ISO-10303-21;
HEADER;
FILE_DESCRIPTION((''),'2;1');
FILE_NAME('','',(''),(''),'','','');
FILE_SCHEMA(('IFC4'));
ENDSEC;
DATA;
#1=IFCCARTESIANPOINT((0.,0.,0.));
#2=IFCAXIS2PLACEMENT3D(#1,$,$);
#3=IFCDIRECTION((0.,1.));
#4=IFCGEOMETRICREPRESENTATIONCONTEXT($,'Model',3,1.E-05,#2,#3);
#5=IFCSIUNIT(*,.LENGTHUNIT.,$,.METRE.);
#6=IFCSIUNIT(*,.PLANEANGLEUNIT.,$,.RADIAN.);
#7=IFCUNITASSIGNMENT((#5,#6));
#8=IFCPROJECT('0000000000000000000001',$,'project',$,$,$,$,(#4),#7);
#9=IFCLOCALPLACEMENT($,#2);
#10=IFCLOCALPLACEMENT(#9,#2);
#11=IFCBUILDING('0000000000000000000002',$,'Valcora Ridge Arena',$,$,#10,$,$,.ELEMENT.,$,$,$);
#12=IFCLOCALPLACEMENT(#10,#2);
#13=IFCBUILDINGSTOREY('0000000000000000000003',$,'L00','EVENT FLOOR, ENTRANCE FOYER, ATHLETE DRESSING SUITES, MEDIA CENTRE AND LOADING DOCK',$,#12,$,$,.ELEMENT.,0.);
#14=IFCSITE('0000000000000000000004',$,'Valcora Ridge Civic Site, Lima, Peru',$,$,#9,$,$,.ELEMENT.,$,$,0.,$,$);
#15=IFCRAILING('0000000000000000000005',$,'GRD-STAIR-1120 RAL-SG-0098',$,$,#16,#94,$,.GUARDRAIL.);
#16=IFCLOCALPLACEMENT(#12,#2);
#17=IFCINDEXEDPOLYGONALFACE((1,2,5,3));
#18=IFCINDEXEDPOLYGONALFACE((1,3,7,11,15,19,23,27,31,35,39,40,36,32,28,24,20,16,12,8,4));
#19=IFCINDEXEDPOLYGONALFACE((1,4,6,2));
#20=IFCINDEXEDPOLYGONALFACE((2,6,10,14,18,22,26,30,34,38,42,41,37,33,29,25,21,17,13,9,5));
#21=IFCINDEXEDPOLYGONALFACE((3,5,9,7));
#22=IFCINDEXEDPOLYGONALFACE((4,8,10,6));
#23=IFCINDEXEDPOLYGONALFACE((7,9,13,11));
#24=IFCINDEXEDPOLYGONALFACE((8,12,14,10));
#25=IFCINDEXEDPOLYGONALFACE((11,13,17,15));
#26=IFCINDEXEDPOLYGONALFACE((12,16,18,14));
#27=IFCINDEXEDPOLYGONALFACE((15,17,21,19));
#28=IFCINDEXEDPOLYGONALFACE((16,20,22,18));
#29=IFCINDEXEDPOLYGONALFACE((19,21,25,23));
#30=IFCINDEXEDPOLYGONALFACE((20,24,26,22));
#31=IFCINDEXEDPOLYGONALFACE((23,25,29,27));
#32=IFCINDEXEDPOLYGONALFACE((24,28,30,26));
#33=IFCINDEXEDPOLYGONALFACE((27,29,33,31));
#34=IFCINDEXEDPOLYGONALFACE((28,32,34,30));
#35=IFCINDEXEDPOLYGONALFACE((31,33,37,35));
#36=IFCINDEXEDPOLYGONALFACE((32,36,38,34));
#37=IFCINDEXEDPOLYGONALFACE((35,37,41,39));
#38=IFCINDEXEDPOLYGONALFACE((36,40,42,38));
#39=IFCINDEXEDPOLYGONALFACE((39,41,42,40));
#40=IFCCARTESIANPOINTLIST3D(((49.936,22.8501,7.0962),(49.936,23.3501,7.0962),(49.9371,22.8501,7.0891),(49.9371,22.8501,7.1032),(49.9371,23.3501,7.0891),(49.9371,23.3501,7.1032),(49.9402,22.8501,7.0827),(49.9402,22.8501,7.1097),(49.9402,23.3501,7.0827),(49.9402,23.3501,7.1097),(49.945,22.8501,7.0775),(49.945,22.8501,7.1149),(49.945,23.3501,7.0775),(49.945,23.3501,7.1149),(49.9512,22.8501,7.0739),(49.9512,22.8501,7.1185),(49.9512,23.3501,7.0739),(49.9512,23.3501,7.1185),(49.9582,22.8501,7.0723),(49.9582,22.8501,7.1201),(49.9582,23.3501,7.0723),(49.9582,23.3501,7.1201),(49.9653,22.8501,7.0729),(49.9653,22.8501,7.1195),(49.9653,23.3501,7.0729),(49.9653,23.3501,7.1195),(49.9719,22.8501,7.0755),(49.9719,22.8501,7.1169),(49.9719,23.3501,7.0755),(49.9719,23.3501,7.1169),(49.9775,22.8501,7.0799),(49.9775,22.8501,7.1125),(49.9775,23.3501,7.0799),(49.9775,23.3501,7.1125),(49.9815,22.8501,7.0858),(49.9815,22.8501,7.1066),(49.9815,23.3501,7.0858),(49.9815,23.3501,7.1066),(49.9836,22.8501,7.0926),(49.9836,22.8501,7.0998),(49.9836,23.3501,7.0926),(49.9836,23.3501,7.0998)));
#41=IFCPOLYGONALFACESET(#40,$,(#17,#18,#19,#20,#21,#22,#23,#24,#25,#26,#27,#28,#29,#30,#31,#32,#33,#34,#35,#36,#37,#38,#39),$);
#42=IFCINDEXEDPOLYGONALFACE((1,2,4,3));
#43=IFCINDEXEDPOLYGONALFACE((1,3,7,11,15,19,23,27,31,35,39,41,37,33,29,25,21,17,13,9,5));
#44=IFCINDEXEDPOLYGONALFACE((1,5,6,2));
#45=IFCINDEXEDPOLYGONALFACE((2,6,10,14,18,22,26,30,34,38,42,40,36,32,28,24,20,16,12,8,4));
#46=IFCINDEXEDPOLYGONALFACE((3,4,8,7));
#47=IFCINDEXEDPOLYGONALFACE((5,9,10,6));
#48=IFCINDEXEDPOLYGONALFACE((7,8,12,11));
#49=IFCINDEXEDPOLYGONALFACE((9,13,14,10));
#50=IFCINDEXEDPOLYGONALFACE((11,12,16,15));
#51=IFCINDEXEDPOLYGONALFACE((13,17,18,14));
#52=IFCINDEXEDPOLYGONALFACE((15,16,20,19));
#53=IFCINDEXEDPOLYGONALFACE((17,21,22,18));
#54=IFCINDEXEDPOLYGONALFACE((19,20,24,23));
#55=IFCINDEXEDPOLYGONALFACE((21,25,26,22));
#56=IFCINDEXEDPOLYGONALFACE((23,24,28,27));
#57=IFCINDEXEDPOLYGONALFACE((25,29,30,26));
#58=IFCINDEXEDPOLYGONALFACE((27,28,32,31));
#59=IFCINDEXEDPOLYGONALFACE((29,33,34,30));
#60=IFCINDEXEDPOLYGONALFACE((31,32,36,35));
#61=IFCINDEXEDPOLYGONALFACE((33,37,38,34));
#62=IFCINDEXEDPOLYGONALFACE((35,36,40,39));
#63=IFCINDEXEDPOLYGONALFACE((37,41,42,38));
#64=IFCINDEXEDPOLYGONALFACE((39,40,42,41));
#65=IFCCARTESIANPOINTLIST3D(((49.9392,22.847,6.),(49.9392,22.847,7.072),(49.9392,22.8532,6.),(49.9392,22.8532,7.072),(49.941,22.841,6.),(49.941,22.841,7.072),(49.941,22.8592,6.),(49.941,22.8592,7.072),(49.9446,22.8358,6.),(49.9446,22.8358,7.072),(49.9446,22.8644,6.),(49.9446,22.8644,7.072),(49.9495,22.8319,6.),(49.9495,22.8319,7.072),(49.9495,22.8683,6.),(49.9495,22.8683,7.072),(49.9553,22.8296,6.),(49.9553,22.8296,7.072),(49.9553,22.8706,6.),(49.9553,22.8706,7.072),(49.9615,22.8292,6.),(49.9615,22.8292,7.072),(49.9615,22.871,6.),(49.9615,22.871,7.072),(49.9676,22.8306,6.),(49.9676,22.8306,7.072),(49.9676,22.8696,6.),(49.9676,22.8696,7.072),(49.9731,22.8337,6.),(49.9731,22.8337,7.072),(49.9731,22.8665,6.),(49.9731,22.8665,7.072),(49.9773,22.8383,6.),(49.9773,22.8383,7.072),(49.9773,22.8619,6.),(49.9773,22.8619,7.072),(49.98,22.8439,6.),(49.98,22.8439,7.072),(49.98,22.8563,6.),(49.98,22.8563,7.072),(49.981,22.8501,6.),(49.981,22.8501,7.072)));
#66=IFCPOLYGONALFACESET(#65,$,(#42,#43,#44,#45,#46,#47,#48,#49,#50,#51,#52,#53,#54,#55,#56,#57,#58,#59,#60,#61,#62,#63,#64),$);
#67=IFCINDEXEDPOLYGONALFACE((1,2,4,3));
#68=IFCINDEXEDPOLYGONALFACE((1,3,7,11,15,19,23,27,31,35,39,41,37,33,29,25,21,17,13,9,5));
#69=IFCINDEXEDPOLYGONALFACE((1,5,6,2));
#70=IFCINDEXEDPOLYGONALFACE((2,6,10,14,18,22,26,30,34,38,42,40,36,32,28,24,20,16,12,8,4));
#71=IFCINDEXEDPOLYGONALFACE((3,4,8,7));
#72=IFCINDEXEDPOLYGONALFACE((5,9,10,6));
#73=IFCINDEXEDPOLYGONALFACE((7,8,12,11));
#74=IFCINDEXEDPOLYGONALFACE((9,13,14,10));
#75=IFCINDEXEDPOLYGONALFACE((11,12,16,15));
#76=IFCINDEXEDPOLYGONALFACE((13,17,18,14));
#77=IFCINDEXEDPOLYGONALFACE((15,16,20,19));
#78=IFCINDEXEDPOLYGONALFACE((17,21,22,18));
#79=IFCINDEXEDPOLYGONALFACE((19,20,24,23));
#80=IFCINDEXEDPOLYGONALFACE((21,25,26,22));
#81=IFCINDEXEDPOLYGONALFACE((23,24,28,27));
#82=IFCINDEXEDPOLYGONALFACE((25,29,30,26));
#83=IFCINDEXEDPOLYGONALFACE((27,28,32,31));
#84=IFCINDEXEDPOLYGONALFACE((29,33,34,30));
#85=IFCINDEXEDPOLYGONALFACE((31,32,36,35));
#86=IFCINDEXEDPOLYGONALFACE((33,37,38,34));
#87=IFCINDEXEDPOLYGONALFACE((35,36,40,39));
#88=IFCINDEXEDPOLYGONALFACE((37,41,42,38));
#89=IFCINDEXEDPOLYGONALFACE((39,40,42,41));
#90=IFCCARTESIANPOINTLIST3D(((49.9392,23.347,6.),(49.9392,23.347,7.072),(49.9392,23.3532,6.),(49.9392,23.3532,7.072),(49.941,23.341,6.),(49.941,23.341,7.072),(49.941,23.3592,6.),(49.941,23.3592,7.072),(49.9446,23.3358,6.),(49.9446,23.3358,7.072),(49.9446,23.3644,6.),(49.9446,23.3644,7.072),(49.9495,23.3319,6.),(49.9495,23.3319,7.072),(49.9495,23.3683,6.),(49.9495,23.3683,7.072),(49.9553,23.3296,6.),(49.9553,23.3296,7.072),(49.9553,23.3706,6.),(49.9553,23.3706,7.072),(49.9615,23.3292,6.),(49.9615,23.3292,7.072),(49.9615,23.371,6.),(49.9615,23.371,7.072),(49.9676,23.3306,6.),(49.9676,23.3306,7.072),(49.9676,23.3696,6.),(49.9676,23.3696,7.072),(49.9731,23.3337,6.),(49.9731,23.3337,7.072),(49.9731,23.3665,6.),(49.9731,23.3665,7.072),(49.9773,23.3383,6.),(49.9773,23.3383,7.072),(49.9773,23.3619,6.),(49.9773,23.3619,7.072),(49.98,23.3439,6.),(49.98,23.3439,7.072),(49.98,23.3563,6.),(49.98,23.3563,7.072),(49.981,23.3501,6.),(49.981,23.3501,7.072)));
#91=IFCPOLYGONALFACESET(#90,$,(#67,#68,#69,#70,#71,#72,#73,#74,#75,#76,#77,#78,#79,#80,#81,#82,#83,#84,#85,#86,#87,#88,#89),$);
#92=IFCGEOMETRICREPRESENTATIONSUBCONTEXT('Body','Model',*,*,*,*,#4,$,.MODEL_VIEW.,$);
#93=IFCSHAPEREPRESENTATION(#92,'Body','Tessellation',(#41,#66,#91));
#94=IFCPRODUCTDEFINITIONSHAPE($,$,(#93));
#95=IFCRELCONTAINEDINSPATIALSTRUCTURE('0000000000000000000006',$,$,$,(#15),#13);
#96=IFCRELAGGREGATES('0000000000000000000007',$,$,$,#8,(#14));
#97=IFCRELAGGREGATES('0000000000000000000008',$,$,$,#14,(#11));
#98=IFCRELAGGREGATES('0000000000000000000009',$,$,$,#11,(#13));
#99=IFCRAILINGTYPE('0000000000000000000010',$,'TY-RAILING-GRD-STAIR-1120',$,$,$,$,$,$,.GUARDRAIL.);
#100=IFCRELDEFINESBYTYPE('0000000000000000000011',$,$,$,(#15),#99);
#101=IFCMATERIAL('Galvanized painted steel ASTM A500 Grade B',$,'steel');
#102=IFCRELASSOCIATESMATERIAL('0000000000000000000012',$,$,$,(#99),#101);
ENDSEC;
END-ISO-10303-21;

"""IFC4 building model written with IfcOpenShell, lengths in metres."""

from ifc_helpers import new_model, si_unit, direction, frame, origin, origin_2d, place, context, subcontext, project, spatial, circle, extrude, material, type_object, element, save


model = new_model("IFC4")

# Units and contexts
model_context = context("Model", 3, precision=1e-05, world=origin(), true_north=direction((0.0, 1.0)))
body_context = subcontext(model_context, "Body", "Model", "MODEL_VIEW")
ifc_project = project(units=[si_unit("LENGTHUNIT", "METRE"), si_unit("PLANEANGLEUNIT", "RADIAN")], contexts=[model_context])

# Site, building, storey
site_placement = place(None, origin())
site = spatial("IfcSite", under=ifc_project, at=site_placement, Name="Valcora Ridge Civic Site, Lima, Peru", CompositionType="ELEMENT", RefElevation=0.0)
building_placement = place(site_placement, origin())
building = spatial("IfcBuilding", under=site, at=building_placement, Name="Valcora Ridge Arena", CompositionType="ELEMENT")
storey_placement = place(building_placement, origin())
storey = spatial("IfcBuildingStorey", under=building, at=storey_placement, Name="L00", Description="EVENT FLOOR, ENTRANCE FOYER, ATHLETE DRESSING SUITES, MEDIA CENTRE AND LOADING DOCK", CompositionType="ELEMENT", Elevation=0.0)

# Railing
ifc_material_1 = material(Name="Galvanized painted steel ASTM A500 Grade B", Category="steel")
railing_type_1 = type_object("IfcRailingType", Name="TY-RAILING-GRD-STAIR-1120", PredefinedType="GUARDRAIL", material=ifc_material_1)
railing_1_placement = place(storey_placement, frame((49.96, 22.8501, 6.0)))
element("IfcRailing", 1, at=railing_1_placement, inside=storey, type_object=railing_type_1, Name="GRD-STAIR-1120 RAL-SG-0098", PredefinedType="GUARDRAIL", context=body_context, shape_type="SweptSolid", body=[
    extrude(circle(Radius=0.0239, at=origin_2d()), frame((0.0, 0.0, 1.0962), z_axis=(0.0, 1.0, 0.0), x_axis=(-1.0, 0.0, 0.0)), (0.0, 0.0, 1.0), 0.5),
    extrude(circle(Radius=0.021, at=origin_2d()), origin(), (0.0, 0.0, 1.0), 1.072),
    extrude(circle(Radius=0.021, at=origin_2d()), frame((0.0, 0.5, 0.0)), (0.0, 0.0, 1.0), 1.072),
])

save(model, "model.ifc")
